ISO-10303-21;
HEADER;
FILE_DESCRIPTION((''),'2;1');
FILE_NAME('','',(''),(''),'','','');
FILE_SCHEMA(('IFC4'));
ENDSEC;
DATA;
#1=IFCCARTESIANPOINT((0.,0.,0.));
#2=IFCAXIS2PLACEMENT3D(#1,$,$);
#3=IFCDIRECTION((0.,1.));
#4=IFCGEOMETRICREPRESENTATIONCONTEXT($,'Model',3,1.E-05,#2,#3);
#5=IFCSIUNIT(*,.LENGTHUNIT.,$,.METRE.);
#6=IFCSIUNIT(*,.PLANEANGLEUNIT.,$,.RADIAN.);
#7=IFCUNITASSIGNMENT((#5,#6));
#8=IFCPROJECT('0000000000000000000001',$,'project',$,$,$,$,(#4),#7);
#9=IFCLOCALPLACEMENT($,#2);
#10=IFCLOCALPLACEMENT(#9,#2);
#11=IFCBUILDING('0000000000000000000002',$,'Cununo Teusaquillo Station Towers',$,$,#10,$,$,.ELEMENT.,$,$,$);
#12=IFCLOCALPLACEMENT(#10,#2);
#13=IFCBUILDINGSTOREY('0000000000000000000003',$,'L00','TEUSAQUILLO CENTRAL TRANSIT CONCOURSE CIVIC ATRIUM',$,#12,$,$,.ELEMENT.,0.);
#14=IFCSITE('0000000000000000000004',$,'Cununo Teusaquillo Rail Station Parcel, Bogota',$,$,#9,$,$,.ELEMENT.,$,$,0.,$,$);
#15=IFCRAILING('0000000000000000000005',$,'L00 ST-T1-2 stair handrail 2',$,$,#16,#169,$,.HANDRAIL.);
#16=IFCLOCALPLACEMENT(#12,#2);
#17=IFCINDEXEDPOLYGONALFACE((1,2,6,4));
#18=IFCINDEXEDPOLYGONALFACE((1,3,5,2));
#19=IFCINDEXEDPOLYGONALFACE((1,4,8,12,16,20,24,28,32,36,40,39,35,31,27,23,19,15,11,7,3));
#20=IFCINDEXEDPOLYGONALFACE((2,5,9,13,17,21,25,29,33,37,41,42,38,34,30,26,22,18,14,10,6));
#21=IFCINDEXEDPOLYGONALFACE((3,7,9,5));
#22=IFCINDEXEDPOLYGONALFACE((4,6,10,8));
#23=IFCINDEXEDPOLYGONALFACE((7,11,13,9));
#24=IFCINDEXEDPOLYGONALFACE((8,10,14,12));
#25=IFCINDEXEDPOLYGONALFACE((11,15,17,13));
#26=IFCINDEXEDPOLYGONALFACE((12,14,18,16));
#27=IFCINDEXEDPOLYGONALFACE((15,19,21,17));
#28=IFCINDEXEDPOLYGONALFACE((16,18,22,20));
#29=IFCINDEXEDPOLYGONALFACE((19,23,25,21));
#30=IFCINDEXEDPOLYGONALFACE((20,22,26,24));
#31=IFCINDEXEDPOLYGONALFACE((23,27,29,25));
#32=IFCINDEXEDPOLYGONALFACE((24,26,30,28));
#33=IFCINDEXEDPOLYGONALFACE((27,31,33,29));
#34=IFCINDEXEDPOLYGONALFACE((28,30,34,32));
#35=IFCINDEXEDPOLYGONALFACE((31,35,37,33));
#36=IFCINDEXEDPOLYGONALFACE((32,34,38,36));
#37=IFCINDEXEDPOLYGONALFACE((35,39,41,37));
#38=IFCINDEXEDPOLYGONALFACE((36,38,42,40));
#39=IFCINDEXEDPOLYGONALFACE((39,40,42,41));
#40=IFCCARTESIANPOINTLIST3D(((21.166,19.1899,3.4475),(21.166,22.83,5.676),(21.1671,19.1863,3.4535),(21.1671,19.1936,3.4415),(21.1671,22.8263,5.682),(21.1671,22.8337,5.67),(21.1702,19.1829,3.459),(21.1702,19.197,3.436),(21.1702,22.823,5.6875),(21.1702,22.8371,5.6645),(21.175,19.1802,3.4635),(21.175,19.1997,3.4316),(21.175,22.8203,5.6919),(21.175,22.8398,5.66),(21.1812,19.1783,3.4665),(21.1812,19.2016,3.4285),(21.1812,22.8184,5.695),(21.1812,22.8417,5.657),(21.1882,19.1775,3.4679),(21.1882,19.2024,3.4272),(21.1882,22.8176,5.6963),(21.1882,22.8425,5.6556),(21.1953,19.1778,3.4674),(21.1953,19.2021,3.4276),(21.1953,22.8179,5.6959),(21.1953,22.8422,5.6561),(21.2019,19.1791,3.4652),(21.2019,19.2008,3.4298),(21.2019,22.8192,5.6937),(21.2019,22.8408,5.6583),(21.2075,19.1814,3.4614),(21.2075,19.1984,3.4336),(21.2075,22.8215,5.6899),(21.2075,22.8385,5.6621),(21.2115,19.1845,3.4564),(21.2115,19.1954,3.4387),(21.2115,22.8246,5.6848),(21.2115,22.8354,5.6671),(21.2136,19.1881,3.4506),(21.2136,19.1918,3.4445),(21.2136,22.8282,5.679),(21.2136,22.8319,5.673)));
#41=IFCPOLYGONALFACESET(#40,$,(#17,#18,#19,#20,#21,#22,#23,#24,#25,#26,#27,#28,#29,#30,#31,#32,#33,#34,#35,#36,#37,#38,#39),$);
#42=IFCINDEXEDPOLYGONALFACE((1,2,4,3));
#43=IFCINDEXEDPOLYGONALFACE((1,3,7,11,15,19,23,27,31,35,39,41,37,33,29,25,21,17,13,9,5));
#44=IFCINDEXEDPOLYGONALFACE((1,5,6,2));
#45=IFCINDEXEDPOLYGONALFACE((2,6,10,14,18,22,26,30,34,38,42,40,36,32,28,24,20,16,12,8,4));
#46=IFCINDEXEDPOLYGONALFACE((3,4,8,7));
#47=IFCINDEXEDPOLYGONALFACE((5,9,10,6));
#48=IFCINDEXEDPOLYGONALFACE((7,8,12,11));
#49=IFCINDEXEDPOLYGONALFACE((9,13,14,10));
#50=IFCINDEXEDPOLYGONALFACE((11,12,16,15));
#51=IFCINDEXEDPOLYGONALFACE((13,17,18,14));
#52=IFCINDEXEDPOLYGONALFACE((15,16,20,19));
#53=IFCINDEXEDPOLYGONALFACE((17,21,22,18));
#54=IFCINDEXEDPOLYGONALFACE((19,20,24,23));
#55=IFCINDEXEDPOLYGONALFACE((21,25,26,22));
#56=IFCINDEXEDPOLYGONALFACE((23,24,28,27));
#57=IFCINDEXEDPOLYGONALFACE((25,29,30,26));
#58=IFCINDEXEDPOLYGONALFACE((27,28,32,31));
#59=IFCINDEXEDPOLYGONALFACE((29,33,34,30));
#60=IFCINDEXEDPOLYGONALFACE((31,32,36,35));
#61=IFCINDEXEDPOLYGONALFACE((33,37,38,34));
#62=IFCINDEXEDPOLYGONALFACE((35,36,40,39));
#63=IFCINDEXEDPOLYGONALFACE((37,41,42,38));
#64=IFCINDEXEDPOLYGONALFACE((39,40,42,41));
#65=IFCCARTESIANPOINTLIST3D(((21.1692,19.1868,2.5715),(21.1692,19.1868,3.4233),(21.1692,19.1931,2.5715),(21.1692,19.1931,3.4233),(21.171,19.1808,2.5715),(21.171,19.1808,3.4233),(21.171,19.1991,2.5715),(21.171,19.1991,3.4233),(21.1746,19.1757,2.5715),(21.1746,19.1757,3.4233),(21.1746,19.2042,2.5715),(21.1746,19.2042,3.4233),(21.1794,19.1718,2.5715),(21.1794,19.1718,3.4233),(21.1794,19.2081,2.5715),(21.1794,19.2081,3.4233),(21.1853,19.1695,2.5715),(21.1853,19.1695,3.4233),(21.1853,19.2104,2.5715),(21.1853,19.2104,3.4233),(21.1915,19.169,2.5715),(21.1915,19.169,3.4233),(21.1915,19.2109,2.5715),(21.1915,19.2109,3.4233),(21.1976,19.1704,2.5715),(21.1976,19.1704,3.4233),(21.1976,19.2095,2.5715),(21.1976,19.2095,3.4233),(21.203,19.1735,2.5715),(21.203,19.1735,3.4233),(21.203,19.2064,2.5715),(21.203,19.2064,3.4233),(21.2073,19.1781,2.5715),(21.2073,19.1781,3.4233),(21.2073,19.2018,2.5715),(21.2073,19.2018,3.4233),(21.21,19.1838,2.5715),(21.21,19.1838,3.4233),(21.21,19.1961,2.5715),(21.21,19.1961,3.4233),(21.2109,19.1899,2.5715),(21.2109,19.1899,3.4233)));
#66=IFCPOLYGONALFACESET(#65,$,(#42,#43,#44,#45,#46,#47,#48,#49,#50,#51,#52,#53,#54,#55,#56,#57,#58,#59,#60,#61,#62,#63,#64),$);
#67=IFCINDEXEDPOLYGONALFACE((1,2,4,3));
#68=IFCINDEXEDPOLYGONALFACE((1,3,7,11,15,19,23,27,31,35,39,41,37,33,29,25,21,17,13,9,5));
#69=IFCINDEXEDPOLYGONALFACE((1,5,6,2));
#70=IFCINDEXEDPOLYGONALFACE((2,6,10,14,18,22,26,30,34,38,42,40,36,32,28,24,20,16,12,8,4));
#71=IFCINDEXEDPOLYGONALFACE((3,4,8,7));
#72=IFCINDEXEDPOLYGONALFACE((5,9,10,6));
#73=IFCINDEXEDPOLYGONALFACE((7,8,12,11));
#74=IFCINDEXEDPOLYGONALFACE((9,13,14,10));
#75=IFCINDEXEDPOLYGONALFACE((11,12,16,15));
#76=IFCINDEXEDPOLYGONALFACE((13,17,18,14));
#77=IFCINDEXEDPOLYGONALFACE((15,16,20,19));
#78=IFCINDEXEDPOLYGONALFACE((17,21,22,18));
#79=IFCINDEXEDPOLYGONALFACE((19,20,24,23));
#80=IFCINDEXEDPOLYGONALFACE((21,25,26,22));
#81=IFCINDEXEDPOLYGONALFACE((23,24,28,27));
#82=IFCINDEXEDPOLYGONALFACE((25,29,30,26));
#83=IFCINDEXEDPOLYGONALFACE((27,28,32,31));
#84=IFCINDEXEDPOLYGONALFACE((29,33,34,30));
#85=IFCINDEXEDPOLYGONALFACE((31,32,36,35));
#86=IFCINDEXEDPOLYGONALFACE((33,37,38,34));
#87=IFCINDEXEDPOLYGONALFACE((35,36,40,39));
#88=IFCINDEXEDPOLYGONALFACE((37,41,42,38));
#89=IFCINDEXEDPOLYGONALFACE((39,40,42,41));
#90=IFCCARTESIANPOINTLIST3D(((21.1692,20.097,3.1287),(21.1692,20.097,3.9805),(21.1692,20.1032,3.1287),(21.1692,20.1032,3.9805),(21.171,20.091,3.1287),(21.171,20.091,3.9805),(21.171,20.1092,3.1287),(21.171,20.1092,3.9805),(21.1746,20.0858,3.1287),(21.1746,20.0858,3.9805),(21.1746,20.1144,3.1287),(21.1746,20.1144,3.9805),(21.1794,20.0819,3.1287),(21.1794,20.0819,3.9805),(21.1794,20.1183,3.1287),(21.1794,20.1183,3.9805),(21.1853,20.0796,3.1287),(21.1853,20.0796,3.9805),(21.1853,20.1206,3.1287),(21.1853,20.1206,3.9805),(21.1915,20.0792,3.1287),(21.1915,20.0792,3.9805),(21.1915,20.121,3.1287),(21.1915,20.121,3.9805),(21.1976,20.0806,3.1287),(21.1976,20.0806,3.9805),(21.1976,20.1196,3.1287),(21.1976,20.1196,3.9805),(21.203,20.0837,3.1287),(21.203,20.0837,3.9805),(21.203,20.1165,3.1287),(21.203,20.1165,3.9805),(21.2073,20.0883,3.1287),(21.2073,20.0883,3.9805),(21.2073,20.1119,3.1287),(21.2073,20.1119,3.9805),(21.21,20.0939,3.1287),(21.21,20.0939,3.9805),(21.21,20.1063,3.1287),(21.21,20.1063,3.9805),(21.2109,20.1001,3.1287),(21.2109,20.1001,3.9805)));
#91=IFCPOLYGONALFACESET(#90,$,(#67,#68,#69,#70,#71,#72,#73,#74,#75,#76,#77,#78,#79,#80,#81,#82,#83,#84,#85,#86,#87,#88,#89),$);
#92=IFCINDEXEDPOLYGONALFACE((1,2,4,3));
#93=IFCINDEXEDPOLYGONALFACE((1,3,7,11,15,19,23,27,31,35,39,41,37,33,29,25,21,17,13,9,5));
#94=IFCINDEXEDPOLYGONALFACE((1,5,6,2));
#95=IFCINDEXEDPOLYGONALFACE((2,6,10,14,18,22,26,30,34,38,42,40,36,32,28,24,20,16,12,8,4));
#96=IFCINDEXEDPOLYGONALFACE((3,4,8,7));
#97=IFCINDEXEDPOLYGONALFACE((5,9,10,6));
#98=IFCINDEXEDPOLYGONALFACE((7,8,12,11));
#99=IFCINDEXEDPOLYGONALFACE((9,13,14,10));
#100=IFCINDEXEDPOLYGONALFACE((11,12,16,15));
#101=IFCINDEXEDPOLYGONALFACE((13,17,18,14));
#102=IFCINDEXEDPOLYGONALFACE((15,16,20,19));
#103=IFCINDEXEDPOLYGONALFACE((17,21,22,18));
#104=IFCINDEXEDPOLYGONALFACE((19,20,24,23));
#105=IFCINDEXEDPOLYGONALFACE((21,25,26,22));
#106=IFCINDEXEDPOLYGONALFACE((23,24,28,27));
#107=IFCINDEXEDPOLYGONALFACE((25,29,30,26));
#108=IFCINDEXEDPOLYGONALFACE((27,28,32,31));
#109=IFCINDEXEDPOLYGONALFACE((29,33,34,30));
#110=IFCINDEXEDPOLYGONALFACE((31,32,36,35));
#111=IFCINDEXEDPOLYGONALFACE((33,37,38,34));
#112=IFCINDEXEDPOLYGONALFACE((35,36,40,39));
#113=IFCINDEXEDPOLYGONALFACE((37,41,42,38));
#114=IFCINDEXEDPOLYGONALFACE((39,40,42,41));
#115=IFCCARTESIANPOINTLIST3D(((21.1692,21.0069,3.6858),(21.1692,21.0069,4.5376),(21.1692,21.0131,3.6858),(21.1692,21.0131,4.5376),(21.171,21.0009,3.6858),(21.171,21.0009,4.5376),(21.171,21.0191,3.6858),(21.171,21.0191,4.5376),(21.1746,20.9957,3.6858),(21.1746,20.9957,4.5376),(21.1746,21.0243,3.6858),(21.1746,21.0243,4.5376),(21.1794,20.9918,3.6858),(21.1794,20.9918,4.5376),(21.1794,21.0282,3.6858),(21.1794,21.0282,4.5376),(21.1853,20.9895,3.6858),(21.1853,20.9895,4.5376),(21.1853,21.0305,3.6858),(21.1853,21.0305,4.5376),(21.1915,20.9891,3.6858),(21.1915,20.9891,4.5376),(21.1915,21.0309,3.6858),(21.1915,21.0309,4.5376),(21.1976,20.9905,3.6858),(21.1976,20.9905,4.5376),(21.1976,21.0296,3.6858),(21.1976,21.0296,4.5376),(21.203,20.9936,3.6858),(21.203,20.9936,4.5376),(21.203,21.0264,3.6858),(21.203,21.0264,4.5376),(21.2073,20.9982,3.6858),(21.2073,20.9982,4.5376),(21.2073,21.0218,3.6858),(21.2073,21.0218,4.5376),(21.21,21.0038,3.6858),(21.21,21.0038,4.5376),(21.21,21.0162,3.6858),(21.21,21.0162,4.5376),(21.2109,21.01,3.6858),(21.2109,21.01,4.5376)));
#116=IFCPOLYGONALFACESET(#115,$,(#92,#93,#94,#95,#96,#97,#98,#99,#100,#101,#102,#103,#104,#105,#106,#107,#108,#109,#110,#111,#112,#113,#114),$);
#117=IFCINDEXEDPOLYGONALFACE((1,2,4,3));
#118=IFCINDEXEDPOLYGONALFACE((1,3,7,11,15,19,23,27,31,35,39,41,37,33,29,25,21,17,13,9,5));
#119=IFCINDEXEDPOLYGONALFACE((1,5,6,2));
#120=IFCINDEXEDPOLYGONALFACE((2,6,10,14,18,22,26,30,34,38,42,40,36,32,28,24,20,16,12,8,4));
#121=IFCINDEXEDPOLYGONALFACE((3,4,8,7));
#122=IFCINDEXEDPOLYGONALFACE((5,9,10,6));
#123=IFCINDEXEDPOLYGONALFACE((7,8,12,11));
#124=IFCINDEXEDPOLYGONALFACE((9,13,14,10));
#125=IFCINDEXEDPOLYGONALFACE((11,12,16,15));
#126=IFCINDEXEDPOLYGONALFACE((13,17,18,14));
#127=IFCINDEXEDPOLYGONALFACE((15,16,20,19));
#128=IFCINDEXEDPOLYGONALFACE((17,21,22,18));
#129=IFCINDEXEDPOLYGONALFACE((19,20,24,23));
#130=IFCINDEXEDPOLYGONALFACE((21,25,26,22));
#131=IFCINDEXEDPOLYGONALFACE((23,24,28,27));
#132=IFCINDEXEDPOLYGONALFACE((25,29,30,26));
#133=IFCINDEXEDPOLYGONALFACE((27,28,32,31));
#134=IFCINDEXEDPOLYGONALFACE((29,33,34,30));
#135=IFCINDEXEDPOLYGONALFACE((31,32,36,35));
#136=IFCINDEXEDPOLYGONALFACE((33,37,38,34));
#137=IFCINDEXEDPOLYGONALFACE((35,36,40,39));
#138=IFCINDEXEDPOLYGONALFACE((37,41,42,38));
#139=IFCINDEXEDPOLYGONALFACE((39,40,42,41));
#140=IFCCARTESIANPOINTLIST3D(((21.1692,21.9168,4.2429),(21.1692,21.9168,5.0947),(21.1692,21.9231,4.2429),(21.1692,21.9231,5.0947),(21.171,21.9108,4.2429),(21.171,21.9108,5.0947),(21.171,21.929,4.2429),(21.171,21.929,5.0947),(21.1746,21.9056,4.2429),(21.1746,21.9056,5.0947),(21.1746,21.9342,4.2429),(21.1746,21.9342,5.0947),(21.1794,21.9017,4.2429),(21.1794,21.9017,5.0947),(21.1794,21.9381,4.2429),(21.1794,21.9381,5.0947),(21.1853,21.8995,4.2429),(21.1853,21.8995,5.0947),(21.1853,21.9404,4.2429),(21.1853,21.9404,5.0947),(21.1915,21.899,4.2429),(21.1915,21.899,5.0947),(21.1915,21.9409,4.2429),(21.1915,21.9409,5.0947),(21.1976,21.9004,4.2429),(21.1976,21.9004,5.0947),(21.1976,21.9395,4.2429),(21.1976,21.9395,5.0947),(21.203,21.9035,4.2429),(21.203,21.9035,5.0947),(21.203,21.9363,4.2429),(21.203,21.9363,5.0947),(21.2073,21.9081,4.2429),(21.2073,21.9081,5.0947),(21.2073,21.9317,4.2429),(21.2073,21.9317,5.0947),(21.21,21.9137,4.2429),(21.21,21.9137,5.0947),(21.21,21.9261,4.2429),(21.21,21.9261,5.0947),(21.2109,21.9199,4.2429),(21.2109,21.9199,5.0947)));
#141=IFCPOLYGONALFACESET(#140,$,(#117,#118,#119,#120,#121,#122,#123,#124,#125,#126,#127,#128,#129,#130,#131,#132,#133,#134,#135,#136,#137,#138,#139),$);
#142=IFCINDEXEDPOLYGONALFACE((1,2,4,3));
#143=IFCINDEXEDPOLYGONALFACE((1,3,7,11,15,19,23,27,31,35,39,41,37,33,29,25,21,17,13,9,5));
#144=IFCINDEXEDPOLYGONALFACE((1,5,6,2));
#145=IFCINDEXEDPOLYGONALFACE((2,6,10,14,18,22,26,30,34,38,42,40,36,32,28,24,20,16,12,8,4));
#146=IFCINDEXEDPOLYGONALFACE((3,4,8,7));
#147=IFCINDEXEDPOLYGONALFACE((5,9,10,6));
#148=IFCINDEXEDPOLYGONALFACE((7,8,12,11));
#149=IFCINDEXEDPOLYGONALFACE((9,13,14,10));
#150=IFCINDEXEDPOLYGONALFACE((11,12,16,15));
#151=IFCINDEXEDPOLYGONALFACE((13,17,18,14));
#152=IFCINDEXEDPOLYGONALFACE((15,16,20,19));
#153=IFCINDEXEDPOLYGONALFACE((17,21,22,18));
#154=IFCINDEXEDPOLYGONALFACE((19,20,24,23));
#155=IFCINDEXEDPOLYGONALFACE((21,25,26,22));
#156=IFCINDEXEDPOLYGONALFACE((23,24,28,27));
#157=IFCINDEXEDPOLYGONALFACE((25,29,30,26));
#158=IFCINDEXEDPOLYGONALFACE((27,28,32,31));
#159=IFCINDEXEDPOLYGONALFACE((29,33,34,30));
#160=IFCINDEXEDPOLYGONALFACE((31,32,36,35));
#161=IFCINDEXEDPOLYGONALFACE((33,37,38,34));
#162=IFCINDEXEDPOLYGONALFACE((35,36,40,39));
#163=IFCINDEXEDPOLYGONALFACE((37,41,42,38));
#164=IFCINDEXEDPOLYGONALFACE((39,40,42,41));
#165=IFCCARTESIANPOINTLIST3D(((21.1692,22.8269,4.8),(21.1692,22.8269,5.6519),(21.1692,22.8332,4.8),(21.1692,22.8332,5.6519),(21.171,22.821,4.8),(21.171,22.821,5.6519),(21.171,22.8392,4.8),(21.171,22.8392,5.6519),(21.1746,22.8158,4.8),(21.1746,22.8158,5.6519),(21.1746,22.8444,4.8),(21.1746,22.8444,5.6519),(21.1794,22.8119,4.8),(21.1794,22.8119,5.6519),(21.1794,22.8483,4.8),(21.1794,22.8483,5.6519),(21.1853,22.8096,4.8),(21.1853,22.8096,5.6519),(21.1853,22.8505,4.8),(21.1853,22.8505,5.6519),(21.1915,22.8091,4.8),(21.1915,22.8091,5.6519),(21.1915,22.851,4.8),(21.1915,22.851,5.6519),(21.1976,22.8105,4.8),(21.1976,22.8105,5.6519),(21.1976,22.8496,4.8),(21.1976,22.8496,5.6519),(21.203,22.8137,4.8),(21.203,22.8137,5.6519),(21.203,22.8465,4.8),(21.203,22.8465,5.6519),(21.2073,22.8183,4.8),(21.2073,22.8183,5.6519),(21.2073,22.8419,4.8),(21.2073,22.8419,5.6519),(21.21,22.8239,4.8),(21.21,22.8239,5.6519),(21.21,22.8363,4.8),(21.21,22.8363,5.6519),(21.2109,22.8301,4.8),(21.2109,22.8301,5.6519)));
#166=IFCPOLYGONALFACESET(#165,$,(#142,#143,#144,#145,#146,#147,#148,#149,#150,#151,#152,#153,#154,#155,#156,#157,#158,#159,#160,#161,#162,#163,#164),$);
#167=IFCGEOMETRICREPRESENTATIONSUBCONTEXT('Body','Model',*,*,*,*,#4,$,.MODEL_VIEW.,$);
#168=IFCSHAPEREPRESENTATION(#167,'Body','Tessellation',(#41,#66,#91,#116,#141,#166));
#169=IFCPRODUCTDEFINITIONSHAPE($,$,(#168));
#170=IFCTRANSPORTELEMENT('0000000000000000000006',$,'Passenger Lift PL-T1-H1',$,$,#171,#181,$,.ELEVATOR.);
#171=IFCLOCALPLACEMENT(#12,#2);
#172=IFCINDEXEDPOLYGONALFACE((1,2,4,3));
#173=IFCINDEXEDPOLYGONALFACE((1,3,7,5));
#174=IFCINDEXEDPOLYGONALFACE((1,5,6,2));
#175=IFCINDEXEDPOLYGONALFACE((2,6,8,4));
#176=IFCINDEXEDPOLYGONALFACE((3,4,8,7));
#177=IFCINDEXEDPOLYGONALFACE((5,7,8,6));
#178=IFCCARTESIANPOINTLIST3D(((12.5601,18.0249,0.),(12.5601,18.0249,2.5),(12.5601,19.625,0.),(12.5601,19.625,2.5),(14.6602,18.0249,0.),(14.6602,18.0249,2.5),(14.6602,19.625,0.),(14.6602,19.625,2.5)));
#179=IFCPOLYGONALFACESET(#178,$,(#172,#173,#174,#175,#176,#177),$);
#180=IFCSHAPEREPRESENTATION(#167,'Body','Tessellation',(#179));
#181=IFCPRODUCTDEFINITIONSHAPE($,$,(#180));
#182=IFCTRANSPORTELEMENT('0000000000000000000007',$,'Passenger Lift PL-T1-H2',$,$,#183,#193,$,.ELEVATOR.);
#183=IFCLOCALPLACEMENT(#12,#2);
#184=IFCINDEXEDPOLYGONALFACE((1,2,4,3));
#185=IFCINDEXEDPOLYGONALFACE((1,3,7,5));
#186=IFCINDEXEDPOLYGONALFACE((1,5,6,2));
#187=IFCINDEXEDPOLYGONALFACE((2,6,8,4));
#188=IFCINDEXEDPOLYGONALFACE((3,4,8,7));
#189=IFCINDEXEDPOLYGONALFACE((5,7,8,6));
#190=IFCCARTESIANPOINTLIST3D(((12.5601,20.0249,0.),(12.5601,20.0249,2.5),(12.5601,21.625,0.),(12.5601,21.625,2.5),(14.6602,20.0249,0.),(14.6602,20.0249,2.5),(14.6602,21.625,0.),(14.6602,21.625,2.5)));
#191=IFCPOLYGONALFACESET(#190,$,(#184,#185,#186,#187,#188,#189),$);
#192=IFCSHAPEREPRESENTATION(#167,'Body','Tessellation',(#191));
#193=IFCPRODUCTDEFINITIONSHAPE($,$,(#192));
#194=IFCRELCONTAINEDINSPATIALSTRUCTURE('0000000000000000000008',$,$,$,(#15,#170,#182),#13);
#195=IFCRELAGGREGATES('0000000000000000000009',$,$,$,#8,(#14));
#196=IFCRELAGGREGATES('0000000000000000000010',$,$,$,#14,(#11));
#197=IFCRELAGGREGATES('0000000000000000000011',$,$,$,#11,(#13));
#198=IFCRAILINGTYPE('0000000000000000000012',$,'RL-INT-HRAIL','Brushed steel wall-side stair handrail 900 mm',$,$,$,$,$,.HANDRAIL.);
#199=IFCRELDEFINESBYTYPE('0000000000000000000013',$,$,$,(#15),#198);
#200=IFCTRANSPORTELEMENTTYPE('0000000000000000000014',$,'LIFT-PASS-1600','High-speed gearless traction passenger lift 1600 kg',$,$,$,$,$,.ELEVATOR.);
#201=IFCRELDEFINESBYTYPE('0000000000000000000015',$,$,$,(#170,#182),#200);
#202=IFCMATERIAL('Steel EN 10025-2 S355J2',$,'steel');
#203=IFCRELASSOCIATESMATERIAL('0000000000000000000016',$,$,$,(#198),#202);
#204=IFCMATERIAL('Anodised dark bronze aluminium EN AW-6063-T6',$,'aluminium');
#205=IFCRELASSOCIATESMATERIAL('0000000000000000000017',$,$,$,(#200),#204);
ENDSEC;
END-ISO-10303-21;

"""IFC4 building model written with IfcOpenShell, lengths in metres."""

from ifc_helpers import new_model, si_unit, direction, frame, origin, origin_2d, place, context, subcontext, project, spatial, rectangle, circle, extrude, source, transform, mapped, material, type_object, element, save


model = new_model("IFC4")

# Units and contexts
model_context = context("Model", 3, precision=1e-05, world=origin(), true_north=direction((0.0, 1.0)))
body_context = subcontext(model_context, "Body", "Model", "MODEL_VIEW")
ifc_project = project(units=[si_unit("LENGTHUNIT", "METRE"), si_unit("PLANEANGLEUNIT", "RADIAN")], contexts=[model_context])

# Site, building, storey
site_placement = place(None, origin())
site = spatial("IfcSite", under=ifc_project, at=site_placement, Name="Cununo Teusaquillo Rail Station Parcel, Bogota", CompositionType="ELEMENT", RefElevation=0.0)
building_placement = place(site_placement, origin())
building = spatial("IfcBuilding", under=site, at=building_placement, Name="Cununo Teusaquillo Station Towers", CompositionType="ELEMENT")
storey_placement = place(building_placement, origin())
storey = spatial("IfcBuildingStorey", under=building, at=storey_placement, Name="L00", Description="TEUSAQUILLO CENTRAL TRANSIT CONCOURSE CIVIC ATRIUM", CompositionType="ELEMENT", Elevation=0.0)

# Railing
ifc_material_1 = material(Name="Steel EN 10025-2 S355J2", Category="steel")
railing_type_1 = type_object("IfcRailingType", Name="RL-INT-HRAIL", Description="Brushed steel wall-side stair handrail 900 mm", PredefinedType="HANDRAIL", material=ifc_material_1)
railing_1_placement = place(storey_placement, frame((21.1899, 19.1899, 2.5715)))
element("IfcRailing", 1, at=railing_1_placement, inside=storey, type_object=railing_type_1, Name="L00 ST-T1-2 stair handrail 2", PredefinedType="HANDRAIL", context=body_context, shape_type="SweptSolid", body=[
    extrude(circle(Radius=0.0239, at=origin_2d()), frame((0.0, 0.0, 0.876), z_axis=(0.0, 0.852866, 0.52213), x_axis=(-1.0, 0.0, 0.0)), (0.0, 0.0, 1.0), 4.2681),
    extrude(circle(Radius=0.021, at=origin_2d()), origin(), (0.0, 0.0, 1.0), 0.8518),
    extrude(circle(Radius=0.021, at=origin_2d()), frame((0.0, 0.9102, 0.5571)), (0.0, 0.0, 1.0), 0.8518),
    extrude(circle(Radius=0.021, at=origin_2d()), frame((0.0, 1.8201, 1.1143)), (0.0, 0.0, 1.0), 0.8518),
    extrude(circle(Radius=0.021, at=origin_2d()), frame((0.0, 2.73, 1.6714)), (0.0, 0.0, 1.0), 0.8518),
    extrude(circle(Radius=0.021, at=origin_2d()), frame((0.0, 3.6401, 2.2285)), (0.0, 0.0, 1.0), 0.8518),
])

# Transport elements
ifc_material_2 = material(Name="Anodised dark bronze aluminium EN AW-6063-T6", Category="aluminium")
transport_element_type = type_object("IfcTransportElementType", Name="LIFT-PASS-1600", Description="High-speed gearless traction passenger lift 1600 kg", PredefinedType="ELEVATOR", material=ifc_material_2)
shared_shape_1 = source(origin(), body_context, "Body", "SweptSolid", [
    extrude(rectangle(XDim=2.1001, YDim=1.6001, at=origin_2d()), origin(), (0.0, 0.0, 1.0), 2.5),
])
for number, where, z_axis, x_axis, name in (
    (2, (13.6101, 18.825, 0.0), (0.0, 0.0, 1.0), (1.0, 0.0, 0.0), "Passenger Lift PL-T1-H1"),
    (3, (13.6101, 20.825, 0.0), (0.0, 0.0, 1.0), (1.0, 0.0, 0.0), "Passenger Lift PL-T1-H2"),
):
    element("IfcTransportElement", number, at=place(storey_placement, frame(where, z_axis=z_axis, x_axis=x_axis)), inside=storey, type_object=transport_element_type, Name=name, PredefinedType="ELEVATOR", context=body_context, shape_type="MappedRepresentation", body=[
        mapped(shared_shape_1, transform((0.0, 0.0, 0.0), x_axis=(1.0, 0.0, 0.0), y_axis=(0.0, 1.0, 0.0), z_axis=(0.0, 0.0, 1.0), scale=1.0)),
    ])

save(model, "model.ifc")
